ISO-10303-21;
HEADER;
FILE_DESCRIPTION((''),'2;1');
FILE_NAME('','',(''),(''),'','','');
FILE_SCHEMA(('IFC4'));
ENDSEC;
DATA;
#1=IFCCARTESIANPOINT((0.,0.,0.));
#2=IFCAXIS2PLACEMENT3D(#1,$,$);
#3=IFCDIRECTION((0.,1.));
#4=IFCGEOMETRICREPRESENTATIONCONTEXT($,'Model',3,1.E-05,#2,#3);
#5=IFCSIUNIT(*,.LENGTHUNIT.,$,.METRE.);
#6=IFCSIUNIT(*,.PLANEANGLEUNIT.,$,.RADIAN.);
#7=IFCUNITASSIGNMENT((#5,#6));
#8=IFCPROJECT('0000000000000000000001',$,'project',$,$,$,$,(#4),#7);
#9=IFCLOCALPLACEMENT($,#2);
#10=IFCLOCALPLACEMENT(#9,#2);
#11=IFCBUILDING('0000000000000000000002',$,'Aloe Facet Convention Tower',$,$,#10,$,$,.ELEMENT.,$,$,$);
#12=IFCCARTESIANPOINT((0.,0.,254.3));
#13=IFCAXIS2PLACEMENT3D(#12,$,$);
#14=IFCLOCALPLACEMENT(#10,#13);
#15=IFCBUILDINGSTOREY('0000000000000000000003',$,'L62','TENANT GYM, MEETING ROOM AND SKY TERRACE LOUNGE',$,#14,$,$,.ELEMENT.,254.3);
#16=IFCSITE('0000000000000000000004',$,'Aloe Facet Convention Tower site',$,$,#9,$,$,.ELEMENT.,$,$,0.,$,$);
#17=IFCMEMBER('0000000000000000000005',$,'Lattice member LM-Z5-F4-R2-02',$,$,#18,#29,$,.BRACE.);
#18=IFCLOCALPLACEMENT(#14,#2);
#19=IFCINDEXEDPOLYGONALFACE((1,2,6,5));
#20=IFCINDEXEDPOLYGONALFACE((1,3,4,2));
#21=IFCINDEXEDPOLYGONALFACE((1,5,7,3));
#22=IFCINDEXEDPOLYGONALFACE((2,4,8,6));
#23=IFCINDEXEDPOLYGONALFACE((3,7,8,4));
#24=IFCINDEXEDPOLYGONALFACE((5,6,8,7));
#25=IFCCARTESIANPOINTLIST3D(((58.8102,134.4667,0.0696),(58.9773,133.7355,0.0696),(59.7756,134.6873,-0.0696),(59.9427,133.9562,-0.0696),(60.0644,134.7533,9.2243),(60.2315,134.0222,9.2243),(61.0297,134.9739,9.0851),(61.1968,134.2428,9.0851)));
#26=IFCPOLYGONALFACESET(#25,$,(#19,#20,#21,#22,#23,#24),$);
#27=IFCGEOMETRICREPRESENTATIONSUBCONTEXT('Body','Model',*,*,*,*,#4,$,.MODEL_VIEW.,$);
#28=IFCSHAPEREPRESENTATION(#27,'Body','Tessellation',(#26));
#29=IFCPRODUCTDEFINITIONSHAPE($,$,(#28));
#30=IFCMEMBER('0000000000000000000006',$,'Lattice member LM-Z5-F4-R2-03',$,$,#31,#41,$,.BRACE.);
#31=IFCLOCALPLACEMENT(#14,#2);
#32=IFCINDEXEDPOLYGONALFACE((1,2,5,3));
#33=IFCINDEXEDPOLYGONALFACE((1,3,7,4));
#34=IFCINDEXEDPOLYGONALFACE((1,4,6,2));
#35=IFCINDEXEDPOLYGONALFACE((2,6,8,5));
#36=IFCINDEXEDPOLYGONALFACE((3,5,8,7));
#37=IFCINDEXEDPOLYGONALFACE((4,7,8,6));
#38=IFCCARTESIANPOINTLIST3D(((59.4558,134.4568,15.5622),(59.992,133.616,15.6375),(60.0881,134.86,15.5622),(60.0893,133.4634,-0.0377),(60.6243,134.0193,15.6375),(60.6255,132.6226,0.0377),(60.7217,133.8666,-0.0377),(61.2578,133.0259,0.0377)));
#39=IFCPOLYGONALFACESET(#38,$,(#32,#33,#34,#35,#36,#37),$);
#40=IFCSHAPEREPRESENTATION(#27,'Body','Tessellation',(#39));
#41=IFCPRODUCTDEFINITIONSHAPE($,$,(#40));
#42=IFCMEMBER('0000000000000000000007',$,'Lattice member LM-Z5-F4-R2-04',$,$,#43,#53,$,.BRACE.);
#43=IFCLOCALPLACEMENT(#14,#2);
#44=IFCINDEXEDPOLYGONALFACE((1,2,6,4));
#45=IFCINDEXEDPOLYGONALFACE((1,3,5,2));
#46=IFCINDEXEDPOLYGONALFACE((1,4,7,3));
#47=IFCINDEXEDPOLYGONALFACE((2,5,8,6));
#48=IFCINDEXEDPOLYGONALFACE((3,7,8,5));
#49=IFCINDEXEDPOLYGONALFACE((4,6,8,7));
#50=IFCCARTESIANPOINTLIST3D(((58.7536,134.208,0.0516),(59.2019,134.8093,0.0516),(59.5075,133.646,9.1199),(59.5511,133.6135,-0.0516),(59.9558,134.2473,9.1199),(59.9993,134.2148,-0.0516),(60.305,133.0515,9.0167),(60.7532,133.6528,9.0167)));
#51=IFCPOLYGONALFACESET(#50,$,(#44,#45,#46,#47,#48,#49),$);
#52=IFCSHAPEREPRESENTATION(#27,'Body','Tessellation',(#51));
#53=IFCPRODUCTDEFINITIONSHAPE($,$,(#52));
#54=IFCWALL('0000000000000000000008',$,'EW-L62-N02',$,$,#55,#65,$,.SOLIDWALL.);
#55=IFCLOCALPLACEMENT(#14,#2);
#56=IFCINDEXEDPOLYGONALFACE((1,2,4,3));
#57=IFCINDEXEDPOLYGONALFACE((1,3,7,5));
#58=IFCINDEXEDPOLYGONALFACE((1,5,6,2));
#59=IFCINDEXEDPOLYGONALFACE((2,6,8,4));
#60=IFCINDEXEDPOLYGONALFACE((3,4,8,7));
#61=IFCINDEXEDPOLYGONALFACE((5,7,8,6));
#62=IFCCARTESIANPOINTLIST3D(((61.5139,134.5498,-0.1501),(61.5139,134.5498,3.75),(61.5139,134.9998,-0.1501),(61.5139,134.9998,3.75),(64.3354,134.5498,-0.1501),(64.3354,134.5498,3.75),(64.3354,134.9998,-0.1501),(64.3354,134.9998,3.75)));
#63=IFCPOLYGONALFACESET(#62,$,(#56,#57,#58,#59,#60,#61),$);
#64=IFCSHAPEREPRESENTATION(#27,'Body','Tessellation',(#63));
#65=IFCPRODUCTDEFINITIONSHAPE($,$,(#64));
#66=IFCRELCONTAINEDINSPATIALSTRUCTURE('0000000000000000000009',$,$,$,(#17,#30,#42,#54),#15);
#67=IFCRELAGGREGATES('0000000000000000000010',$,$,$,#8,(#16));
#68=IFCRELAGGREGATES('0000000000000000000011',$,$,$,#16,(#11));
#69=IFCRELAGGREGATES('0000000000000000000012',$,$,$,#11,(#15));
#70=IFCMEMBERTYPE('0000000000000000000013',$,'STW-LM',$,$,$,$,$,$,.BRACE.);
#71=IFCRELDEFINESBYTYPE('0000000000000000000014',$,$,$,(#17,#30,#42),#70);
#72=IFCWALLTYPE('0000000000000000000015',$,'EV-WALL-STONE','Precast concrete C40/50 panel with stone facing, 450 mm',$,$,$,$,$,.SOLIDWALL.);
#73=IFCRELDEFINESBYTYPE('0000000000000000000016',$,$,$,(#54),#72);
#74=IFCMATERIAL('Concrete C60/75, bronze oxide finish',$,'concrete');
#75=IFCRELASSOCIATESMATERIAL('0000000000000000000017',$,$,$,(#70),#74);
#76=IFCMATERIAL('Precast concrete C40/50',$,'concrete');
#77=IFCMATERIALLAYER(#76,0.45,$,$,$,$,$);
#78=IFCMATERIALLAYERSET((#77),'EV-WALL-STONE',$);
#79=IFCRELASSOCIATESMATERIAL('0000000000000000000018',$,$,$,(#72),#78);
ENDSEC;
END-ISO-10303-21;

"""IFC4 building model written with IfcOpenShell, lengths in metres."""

from ifc_helpers import new_model, si_unit, direction, frame, origin, origin_2d, place, context, subcontext, project, spatial, polyline, rectangle, outline, extrude, material, layer, layer_set, material_profile, profile_set, type_object, element, save


model = new_model("IFC4")

# Units and contexts
model_context = context("Model", 3, precision=1e-05, world=origin(), true_north=direction((0.0, 1.0)))
body_context = subcontext(model_context, "Body", "Model", "MODEL_VIEW")
ifc_project = project(units=[si_unit("LENGTHUNIT", "METRE"), si_unit("PLANEANGLEUNIT", "RADIAN")], contexts=[model_context])

# Site, building, storey
site_placement = place(None, origin())
site = spatial("IfcSite", under=ifc_project, at=site_placement, Name="Aloe Facet Convention Tower site", CompositionType="ELEMENT", RefElevation=0.0)
building_placement = place(site_placement, origin())
building = spatial("IfcBuilding", under=site, at=building_placement, Name="Aloe Facet Convention Tower", CompositionType="ELEMENT")
storey_placement = place(building_placement, frame((0.0, 0.0, 254.3)))
storey = spatial("IfcBuildingStorey", under=building, at=storey_placement, Name="L62", Description="TENANT GYM, MEETING ROOM AND SKY TERRACE LOUNGE", CompositionType="ELEMENT", Elevation=254.3)

# Members
ifc_material_1 = material(Name="Concrete C60/75, bronze oxide finish", Category="concrete")
ifc_material_profile_1 = material_profile(ifc_material_1, rectangle(XDim=0.75, YDim=1.0, at=origin_2d()), Name="STW-LM")
ifc_profile_set_1 = profile_set([ifc_material_profile_1], Name="Concrete C60/75, bronze oxide finish")
member_type = type_object("IfcMemberType", Name="STW-LM", PredefinedType="BRACE", material=ifc_profile_set_1)
member_1_placement = place(storey_placement, frame((59.3765, 134.2114, 0.0), z_axis=(0.135661, 0.031004, 0.99027), x_axis=(-0.222794, 0.974866, 0.0)))
element("IfcMember", 1, at=member_1_placement, inside=storey, type_object=member_type, Name="Lattice member LM-Z5-F4-R2-02", PredefinedType="BRACE", context=body_context, shape_type="SweptSolid", body=[
    extrude(rectangle(XDim=0.75, YDim=1.0, at=origin_2d()), origin(), (0.0, 0.0, 1.0), 9.2446),
])
member_2_placement = place(storey_placement, frame((60.6736, 133.2446, 0.0), z_axis=(-0.040497, 0.0635, 0.99716), x_axis=(-0.843132, -0.537707, 0.0)))
element("IfcMember", 2, at=member_2_placement, inside=storey, type_object=member_type, Name="Lattice member LM-Z5-F4-R2-03", PredefinedType="BRACE", context=body_context, shape_type="SweptSolid", body=[
    extrude(rectangle(XDim=0.75, YDim=1.0, at=origin_2d()), origin(), (0.0, 0.0, 1.0), 15.6443),
])
member_3_placement = place(storey_placement, frame((59.3765, 134.2114, 0.0), z_axis=(0.082693, -0.061644, 0.994667), x_axis=(0.597671, 0.801741, 0.0)))
element("IfcMember", 3, at=member_3_placement, inside=storey, type_object=member_type, Name="Lattice member LM-Z5-F4-R2-04", PredefinedType="BRACE", context=body_context, shape_type="SweptSolid", body=[
    extrude(rectangle(XDim=0.75, YDim=1.0, at=origin_2d()), origin(), (0.0, 0.0, 1.0), 9.1169),
])

# Wall
ifc_material_2 = material(Name="Precast concrete C40/50", Category="concrete")
ifc_layer_1 = layer(ifc_material_2, 0.45)
ifc_layer_set_1 = layer_set([ifc_layer_1], Name="EV-WALL-STONE")
wall_type = type_object("IfcWallType", Name="EV-WALL-STONE", Description="Precast concrete C40/50 panel with stone facing, 450 mm", PredefinedType="SOLIDWALL", material=ifc_layer_set_1)
wall_1_placement = place(storey_placement, frame((64.3354, 134.7749, -0.1501), z_axis=(0.0, 0.0, 1.0), x_axis=(-1.0, 0.0, 0.0)))
element("IfcWall", 4, at=wall_1_placement, inside=storey, type_object=wall_type, Name="EW-L62-N02", PredefinedType="SOLIDWALL", context=body_context, shape_type="SweptSolid", body=[
    extrude(outline(polyline([(2.8215, 3.9001), (2.8215, 0.0), (0.0, 0.0), (0.0, 3.9001), (2.8215, 3.9001)])), frame((0.0, 0.2251, 0.0), z_axis=(0.0, -1.0, 0.0), x_axis=(1.0, 0.0, 0.0)), (0.0, 0.0, 1.0), 0.45),
])

save(model, "model.ifc")
